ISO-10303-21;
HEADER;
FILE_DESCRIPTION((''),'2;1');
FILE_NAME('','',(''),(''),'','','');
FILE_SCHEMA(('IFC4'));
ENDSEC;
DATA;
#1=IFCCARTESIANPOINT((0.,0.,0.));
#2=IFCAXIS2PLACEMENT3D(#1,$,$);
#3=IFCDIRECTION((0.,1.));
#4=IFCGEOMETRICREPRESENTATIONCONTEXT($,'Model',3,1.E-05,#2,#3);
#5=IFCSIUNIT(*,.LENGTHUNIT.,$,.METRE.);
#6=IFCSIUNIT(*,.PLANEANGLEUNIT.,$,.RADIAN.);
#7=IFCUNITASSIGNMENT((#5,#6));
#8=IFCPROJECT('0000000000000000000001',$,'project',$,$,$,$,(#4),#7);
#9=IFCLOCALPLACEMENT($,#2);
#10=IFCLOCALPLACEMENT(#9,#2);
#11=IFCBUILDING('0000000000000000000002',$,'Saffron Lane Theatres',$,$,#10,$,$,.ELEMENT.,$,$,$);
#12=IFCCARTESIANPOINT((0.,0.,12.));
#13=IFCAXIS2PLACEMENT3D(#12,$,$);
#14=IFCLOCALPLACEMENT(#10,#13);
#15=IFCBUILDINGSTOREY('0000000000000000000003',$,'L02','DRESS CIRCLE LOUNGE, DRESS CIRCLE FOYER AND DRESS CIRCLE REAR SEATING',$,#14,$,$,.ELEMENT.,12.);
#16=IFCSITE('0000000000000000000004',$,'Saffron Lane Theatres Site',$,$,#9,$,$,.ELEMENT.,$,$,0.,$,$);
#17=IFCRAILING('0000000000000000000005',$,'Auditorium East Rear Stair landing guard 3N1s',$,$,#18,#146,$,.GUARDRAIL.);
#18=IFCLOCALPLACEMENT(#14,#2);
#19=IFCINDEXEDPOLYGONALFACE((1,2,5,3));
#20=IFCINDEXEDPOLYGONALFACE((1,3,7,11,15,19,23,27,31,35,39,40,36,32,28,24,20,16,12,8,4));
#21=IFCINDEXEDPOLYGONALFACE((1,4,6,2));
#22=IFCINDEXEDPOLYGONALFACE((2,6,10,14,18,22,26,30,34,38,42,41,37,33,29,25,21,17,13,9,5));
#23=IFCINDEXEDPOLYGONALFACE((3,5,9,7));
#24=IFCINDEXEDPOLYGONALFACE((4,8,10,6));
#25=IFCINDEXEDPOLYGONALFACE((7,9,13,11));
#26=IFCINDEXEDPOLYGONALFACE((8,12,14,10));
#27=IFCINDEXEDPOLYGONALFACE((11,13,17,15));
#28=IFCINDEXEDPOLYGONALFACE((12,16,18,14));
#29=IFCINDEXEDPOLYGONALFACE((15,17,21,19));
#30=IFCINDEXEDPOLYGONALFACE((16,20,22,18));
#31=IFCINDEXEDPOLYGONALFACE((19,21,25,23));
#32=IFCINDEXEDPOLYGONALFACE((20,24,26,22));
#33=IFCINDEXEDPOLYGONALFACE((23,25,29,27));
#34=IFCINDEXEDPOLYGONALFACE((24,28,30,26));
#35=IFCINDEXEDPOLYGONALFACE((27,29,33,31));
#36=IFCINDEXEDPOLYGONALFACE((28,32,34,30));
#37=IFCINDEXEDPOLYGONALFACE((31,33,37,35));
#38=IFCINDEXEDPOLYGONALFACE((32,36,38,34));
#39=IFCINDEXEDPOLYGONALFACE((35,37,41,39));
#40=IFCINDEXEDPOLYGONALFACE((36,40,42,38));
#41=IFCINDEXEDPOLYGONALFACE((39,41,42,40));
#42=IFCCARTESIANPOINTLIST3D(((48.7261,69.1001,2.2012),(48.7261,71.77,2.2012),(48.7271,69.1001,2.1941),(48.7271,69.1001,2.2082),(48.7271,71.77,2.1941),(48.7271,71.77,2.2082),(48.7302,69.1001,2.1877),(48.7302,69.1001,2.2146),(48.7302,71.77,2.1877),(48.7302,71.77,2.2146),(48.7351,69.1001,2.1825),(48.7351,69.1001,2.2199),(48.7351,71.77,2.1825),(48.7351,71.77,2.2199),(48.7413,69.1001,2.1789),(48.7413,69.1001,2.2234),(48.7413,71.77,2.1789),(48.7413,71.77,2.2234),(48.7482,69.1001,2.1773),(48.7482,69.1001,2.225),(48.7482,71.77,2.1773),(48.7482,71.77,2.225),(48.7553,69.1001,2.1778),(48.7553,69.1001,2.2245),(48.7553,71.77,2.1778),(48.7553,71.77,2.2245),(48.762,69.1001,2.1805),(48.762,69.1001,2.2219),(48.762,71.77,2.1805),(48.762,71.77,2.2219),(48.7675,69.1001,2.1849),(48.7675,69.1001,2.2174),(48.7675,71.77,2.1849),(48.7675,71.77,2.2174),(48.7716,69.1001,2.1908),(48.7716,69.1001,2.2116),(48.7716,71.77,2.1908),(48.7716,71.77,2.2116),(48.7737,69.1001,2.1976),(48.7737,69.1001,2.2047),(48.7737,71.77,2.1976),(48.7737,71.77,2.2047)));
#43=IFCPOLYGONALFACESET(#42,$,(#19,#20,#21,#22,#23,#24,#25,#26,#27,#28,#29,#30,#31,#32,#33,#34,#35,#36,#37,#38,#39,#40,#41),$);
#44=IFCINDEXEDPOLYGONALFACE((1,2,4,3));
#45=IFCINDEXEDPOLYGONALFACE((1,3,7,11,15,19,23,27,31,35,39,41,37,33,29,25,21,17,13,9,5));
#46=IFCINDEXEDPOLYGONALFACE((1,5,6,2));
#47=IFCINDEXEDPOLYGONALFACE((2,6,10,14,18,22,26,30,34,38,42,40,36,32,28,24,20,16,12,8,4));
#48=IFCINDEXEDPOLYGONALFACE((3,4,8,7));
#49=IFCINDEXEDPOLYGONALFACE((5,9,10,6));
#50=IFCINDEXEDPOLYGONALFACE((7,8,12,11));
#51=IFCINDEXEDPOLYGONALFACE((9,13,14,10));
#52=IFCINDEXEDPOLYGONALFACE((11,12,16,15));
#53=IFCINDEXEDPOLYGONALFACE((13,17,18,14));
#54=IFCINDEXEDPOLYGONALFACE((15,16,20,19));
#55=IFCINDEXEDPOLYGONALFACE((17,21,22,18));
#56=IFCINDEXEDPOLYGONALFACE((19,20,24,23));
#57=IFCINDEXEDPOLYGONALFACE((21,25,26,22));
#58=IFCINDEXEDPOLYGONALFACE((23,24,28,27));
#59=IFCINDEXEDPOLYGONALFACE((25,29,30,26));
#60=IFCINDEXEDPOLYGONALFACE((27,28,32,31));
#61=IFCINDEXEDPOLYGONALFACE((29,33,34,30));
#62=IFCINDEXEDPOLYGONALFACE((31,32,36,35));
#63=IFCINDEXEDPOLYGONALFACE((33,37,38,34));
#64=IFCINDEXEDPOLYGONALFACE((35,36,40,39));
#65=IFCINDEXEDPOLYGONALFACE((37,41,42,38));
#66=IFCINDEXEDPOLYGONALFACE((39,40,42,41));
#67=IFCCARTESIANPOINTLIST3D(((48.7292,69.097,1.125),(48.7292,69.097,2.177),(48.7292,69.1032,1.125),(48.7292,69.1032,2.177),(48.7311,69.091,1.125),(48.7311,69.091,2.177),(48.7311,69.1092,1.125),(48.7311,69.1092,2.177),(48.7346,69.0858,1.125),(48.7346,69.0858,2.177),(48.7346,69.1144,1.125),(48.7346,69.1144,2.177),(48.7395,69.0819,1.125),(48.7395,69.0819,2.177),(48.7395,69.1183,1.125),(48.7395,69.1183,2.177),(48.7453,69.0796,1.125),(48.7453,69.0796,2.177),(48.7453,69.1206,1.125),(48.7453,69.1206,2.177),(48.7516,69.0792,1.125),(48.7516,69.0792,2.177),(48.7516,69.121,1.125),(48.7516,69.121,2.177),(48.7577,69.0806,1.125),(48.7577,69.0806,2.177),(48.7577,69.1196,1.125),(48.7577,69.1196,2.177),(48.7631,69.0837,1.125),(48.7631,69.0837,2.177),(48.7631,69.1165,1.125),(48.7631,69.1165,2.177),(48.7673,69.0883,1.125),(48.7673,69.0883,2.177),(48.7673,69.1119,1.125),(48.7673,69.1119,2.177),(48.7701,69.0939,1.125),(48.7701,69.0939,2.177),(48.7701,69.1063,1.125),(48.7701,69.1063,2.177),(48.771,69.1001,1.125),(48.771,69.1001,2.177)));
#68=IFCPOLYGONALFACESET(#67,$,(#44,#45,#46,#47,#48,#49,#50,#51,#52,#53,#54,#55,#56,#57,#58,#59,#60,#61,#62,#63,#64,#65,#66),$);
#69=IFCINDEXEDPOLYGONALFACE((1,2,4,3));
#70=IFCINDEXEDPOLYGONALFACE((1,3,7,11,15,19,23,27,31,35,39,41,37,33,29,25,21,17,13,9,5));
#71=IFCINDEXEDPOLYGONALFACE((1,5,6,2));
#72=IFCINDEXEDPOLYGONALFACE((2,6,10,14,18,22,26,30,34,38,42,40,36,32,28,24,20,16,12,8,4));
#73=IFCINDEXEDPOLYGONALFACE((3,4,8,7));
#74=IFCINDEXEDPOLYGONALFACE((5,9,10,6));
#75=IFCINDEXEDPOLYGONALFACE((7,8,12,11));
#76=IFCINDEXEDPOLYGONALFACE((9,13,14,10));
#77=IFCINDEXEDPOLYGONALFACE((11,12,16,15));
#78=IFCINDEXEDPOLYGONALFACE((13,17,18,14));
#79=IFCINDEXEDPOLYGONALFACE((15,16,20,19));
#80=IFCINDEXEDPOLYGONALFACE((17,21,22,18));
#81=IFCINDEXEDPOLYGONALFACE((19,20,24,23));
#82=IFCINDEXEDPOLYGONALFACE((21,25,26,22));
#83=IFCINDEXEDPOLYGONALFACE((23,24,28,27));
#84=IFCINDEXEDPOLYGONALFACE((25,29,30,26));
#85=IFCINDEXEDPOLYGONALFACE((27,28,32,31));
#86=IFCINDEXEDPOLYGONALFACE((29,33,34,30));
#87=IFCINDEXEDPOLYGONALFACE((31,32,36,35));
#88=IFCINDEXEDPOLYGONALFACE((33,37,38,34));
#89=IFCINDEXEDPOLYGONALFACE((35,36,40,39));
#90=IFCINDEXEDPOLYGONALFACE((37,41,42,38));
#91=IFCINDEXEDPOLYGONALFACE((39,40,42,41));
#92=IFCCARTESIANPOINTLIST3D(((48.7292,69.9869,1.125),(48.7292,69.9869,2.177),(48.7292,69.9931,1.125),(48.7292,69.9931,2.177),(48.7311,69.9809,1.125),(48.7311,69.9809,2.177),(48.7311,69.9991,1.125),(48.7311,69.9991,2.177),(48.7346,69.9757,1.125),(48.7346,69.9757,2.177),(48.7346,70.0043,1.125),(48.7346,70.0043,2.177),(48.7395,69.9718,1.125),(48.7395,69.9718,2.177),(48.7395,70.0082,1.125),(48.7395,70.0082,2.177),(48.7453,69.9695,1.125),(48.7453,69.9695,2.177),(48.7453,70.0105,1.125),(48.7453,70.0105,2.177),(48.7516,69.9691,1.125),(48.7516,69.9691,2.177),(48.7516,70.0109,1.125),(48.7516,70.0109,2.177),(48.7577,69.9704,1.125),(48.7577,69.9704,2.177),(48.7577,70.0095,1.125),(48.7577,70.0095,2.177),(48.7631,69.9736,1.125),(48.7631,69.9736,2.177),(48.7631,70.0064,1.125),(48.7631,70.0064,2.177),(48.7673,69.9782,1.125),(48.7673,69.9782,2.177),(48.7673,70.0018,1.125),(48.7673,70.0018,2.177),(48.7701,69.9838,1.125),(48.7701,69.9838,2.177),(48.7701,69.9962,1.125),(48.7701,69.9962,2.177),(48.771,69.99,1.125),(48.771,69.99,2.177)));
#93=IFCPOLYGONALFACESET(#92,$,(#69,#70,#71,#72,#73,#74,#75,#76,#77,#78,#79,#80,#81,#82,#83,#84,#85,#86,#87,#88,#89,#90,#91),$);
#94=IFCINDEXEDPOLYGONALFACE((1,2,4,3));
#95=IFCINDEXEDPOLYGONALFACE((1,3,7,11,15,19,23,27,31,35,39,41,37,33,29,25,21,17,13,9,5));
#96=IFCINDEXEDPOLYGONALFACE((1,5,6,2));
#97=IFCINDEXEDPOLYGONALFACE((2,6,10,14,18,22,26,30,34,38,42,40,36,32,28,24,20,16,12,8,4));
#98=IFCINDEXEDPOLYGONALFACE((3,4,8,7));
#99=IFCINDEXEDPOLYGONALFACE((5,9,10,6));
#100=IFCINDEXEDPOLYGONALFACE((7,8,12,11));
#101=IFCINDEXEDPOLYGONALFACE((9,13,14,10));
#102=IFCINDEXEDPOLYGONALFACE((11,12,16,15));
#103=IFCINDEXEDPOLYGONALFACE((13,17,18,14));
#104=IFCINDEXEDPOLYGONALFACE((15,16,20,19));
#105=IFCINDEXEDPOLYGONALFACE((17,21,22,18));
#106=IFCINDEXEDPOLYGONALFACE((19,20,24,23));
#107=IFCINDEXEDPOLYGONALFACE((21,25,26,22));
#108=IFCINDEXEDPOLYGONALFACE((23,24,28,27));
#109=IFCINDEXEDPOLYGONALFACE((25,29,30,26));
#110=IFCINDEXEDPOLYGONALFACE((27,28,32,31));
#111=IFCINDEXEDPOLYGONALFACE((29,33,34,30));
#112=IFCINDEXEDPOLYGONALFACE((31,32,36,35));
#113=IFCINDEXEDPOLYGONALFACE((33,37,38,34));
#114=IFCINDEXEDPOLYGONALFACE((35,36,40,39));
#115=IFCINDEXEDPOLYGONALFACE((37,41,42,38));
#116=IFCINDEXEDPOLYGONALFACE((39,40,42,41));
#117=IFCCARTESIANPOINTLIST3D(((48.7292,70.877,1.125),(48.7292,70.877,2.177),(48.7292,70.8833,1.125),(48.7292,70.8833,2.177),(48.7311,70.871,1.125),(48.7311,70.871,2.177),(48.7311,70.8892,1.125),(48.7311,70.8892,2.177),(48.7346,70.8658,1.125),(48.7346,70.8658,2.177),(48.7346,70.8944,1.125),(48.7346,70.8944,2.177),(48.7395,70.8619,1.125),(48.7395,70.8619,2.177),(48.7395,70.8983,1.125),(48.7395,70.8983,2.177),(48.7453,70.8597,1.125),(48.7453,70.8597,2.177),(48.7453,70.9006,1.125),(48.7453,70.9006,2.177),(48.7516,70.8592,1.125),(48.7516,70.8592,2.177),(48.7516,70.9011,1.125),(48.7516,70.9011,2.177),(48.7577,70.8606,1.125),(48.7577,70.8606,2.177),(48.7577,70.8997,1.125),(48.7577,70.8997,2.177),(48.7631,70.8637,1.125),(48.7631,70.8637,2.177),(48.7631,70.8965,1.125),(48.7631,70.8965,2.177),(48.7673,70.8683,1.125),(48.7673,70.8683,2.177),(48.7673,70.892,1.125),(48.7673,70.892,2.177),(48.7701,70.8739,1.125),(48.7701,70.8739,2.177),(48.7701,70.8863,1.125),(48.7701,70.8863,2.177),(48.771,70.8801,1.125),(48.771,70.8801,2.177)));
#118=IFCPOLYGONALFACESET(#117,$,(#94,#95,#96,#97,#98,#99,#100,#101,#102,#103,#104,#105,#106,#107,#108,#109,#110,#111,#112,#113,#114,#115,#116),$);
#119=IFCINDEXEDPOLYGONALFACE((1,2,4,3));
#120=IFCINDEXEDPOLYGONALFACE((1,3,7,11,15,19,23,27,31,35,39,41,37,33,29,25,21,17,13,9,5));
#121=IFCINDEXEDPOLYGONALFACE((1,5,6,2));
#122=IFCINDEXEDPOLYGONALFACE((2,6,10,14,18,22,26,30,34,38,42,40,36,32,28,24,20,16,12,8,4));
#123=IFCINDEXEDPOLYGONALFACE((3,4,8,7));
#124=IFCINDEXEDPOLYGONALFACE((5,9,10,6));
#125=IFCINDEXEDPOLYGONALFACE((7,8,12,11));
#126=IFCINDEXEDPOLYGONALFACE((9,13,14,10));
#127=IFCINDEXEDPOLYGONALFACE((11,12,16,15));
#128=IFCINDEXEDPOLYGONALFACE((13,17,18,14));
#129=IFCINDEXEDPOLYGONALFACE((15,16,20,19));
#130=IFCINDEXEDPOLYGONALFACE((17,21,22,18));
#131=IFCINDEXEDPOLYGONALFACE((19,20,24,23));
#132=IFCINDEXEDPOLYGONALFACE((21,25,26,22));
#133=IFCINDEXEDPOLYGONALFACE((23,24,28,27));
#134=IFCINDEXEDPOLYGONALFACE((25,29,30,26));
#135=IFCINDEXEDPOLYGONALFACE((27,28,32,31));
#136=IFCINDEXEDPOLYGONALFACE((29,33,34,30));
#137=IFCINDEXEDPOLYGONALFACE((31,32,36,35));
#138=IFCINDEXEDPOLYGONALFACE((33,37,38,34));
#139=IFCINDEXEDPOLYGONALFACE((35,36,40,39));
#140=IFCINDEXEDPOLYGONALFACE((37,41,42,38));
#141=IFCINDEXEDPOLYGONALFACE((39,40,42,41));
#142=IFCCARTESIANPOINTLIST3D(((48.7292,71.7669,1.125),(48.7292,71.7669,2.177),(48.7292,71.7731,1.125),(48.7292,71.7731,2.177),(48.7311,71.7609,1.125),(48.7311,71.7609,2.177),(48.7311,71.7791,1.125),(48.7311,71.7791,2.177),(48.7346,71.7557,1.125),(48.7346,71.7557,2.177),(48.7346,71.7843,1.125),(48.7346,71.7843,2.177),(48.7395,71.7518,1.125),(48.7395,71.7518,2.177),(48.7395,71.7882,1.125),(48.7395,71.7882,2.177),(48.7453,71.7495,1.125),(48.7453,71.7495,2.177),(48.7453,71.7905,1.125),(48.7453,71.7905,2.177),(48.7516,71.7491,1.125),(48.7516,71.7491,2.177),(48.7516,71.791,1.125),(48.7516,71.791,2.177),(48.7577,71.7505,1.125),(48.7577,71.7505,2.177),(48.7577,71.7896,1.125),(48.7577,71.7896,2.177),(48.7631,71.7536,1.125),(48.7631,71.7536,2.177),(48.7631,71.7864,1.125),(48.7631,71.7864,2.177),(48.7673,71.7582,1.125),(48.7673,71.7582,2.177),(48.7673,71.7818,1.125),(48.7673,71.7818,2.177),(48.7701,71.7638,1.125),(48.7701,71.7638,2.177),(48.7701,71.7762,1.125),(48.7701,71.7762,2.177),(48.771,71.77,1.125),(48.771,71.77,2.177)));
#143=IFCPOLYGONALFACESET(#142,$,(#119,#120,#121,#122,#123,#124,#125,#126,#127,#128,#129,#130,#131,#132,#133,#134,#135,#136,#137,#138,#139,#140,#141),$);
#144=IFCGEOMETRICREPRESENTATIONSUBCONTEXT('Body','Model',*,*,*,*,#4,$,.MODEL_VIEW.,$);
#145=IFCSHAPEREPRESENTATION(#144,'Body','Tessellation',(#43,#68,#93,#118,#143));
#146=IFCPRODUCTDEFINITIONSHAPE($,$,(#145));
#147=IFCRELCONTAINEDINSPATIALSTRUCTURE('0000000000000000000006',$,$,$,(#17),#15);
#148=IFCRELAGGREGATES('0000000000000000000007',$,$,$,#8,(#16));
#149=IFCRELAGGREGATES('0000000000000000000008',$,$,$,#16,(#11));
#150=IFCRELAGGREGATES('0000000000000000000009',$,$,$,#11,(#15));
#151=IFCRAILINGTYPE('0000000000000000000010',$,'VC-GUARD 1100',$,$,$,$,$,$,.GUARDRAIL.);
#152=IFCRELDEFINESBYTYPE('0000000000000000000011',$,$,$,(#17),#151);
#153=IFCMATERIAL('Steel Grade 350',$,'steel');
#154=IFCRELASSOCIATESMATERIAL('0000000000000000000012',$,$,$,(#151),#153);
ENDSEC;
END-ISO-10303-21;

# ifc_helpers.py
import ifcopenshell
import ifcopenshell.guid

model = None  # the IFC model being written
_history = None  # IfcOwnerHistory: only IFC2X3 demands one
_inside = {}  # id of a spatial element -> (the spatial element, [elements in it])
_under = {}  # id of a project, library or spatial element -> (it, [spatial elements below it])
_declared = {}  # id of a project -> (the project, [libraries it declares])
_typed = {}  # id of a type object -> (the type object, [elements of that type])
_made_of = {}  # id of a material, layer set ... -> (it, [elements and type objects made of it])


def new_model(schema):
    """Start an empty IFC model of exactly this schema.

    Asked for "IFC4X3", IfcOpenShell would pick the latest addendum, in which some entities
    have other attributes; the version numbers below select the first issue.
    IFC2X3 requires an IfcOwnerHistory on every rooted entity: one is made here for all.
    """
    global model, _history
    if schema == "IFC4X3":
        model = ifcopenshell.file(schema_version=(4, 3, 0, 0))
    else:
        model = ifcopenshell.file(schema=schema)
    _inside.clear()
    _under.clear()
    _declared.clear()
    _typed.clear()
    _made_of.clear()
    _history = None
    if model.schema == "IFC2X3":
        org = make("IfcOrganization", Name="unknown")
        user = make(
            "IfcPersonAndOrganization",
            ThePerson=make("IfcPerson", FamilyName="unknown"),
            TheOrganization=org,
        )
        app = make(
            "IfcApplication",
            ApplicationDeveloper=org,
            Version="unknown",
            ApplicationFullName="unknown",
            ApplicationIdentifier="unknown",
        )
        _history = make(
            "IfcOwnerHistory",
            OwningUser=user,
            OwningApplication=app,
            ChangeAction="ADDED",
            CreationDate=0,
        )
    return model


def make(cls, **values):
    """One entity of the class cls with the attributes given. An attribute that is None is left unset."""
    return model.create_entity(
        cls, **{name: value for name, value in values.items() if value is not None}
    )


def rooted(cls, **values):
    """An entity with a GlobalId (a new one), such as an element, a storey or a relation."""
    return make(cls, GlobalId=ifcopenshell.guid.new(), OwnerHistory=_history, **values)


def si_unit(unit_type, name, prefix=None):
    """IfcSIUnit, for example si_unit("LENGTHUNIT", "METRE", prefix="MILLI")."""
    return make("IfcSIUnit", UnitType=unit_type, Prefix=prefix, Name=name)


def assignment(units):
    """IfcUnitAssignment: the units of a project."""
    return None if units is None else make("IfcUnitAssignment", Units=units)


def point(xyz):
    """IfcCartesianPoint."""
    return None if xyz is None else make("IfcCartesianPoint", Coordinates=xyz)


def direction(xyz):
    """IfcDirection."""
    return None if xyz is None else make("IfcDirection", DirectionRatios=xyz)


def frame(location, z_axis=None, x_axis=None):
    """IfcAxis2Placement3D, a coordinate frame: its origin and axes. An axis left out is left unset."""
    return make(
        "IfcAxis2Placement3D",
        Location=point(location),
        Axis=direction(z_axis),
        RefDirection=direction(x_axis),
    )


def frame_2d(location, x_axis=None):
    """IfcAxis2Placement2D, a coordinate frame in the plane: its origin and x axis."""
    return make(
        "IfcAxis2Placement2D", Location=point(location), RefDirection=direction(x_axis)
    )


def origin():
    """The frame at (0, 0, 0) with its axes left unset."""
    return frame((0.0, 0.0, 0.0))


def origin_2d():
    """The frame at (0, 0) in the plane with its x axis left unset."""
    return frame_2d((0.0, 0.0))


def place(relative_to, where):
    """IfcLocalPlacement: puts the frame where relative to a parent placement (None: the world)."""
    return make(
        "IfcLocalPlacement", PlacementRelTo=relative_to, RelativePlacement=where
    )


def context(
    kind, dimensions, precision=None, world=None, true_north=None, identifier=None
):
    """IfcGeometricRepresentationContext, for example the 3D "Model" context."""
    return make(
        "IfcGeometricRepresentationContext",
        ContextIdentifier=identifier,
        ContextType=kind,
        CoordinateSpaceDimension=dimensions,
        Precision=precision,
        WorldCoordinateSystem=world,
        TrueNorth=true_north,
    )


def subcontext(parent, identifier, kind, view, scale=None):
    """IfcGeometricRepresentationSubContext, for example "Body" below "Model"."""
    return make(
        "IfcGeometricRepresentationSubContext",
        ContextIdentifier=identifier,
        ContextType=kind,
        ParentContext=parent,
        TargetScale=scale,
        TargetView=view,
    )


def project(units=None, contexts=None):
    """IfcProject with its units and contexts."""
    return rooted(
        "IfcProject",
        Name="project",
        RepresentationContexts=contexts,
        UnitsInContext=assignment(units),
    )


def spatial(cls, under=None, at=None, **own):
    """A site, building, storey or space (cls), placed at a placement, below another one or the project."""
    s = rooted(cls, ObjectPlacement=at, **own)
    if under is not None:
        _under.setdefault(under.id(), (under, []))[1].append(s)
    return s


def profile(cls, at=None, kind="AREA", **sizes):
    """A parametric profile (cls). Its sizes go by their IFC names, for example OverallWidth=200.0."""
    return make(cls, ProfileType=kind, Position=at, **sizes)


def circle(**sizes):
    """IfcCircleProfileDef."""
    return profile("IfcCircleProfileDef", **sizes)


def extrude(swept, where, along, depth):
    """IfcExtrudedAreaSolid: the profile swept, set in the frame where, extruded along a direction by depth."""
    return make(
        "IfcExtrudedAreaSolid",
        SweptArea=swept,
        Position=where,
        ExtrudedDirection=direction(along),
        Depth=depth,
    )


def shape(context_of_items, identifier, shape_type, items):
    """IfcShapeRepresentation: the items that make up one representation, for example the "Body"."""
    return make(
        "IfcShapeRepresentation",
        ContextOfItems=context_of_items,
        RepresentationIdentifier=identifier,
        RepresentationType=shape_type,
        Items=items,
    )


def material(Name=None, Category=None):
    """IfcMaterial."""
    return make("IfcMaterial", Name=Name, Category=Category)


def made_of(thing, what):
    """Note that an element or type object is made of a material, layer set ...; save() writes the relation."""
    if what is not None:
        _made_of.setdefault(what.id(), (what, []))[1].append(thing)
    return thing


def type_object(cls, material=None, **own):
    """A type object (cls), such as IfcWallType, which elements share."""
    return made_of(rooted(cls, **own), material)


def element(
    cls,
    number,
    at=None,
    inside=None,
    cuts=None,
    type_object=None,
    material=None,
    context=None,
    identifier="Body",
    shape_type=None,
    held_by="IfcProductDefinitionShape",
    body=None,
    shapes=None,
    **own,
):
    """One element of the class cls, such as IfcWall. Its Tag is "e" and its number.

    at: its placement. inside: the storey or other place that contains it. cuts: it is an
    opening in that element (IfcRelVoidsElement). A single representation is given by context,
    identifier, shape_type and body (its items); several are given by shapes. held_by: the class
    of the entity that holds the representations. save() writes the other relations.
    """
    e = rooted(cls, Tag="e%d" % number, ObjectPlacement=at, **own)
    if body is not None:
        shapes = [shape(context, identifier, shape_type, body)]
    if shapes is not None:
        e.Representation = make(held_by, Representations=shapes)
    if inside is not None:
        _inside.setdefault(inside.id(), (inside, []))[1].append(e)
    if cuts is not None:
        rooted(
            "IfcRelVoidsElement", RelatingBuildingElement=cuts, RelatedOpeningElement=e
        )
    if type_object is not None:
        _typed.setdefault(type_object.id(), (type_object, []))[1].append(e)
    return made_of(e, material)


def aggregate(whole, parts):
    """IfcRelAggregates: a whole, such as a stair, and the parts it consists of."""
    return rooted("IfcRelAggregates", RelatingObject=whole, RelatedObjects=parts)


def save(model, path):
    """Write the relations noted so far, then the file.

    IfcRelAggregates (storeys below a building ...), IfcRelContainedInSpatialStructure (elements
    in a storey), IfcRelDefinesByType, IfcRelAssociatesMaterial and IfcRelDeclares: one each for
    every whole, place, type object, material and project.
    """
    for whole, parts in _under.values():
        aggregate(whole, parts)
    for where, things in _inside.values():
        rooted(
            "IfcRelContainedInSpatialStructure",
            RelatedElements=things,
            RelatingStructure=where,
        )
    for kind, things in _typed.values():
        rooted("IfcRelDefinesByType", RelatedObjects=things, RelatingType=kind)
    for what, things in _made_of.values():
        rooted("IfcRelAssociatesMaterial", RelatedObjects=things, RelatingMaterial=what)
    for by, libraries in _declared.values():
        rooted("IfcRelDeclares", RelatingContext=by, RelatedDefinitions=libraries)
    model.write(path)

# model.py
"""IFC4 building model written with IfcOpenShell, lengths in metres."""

from ifc_helpers import new_model, si_unit, direction, frame, origin, origin_2d, place, context, subcontext, project, spatial, circle, extrude, material, type_object, element, save


model = new_model("IFC4")

# Units and contexts
model_context = context("Model", 3, precision=1e-05, world=origin(), true_north=direction((0.0, 1.0)))
body_context = subcontext(model_context, "Body", "Model", "MODEL_VIEW")
ifc_project = project(units=[si_unit("LENGTHUNIT", "METRE"), si_unit("PLANEANGLEUNIT", "RADIAN")], contexts=[model_context])

# Site, building, storey
site_placement = place(None, origin())
site = spatial("IfcSite", under=ifc_project, at=site_placement, Name="Saffron Lane Theatres Site", CompositionType="ELEMENT", RefElevation=0.0)
building_placement = place(site_placement, origin())
building = spatial("IfcBuilding", under=site, at=building_placement, Name="Saffron Lane Theatres", CompositionType="ELEMENT")
storey_placement = place(building_placement, frame((0.0, 0.0, 12.0)))
storey = spatial("IfcBuildingStorey", under=building, at=storey_placement, Name="L02", Description="DRESS CIRCLE LOUNGE, DRESS CIRCLE FOYER AND DRESS CIRCLE REAR SEATING", CompositionType="ELEMENT", Elevation=12.0)

# Railing
ifc_material_1 = material(Name="Steel Grade 350", Category="steel")
railing_type_1 = type_object("IfcRailingType", Name="VC-GUARD 1100", PredefinedType="GUARDRAIL", material=ifc_material_1)
railing_1_placement = place(storey_placement, frame((48.75, 69.1001, 1.125)))
element("IfcRailing", 1, at=railing_1_placement, inside=storey, type_object=railing_type_1, Name="Auditorium East Rear Stair landing guard 3N1s", PredefinedType="GUARDRAIL", context=body_context, shape_type="SweptSolid", body=[
    extrude(circle(Radius=0.0239, at=origin_2d()), frame((0.0, 0.0, 1.0762), z_axis=(0.0, 1.0, 0.0), x_axis=(-1.0, 0.0, 0.0)), (0.0, 0.0, 1.0), 2.6699),
    extrude(circle(Radius=0.021, at=origin_2d()), origin(), (0.0, 0.0, 1.0), 1.052),
    extrude(circle(Radius=0.021, at=origin_2d()), frame((0.0, 0.8899, 0.0)), (0.0, 0.0, 1.0), 1.052),
    extrude(circle(Radius=0.021, at=origin_2d()), frame((0.0, 1.78, 0.0)), (0.0, 0.0, 1.0), 1.052),
    extrude(circle(Radius=0.021, at=origin_2d()), frame((0.0, 2.6699, 0.0)), (0.0, 0.0, 1.0), 1.052),
])

save(model, "model.ifc")
